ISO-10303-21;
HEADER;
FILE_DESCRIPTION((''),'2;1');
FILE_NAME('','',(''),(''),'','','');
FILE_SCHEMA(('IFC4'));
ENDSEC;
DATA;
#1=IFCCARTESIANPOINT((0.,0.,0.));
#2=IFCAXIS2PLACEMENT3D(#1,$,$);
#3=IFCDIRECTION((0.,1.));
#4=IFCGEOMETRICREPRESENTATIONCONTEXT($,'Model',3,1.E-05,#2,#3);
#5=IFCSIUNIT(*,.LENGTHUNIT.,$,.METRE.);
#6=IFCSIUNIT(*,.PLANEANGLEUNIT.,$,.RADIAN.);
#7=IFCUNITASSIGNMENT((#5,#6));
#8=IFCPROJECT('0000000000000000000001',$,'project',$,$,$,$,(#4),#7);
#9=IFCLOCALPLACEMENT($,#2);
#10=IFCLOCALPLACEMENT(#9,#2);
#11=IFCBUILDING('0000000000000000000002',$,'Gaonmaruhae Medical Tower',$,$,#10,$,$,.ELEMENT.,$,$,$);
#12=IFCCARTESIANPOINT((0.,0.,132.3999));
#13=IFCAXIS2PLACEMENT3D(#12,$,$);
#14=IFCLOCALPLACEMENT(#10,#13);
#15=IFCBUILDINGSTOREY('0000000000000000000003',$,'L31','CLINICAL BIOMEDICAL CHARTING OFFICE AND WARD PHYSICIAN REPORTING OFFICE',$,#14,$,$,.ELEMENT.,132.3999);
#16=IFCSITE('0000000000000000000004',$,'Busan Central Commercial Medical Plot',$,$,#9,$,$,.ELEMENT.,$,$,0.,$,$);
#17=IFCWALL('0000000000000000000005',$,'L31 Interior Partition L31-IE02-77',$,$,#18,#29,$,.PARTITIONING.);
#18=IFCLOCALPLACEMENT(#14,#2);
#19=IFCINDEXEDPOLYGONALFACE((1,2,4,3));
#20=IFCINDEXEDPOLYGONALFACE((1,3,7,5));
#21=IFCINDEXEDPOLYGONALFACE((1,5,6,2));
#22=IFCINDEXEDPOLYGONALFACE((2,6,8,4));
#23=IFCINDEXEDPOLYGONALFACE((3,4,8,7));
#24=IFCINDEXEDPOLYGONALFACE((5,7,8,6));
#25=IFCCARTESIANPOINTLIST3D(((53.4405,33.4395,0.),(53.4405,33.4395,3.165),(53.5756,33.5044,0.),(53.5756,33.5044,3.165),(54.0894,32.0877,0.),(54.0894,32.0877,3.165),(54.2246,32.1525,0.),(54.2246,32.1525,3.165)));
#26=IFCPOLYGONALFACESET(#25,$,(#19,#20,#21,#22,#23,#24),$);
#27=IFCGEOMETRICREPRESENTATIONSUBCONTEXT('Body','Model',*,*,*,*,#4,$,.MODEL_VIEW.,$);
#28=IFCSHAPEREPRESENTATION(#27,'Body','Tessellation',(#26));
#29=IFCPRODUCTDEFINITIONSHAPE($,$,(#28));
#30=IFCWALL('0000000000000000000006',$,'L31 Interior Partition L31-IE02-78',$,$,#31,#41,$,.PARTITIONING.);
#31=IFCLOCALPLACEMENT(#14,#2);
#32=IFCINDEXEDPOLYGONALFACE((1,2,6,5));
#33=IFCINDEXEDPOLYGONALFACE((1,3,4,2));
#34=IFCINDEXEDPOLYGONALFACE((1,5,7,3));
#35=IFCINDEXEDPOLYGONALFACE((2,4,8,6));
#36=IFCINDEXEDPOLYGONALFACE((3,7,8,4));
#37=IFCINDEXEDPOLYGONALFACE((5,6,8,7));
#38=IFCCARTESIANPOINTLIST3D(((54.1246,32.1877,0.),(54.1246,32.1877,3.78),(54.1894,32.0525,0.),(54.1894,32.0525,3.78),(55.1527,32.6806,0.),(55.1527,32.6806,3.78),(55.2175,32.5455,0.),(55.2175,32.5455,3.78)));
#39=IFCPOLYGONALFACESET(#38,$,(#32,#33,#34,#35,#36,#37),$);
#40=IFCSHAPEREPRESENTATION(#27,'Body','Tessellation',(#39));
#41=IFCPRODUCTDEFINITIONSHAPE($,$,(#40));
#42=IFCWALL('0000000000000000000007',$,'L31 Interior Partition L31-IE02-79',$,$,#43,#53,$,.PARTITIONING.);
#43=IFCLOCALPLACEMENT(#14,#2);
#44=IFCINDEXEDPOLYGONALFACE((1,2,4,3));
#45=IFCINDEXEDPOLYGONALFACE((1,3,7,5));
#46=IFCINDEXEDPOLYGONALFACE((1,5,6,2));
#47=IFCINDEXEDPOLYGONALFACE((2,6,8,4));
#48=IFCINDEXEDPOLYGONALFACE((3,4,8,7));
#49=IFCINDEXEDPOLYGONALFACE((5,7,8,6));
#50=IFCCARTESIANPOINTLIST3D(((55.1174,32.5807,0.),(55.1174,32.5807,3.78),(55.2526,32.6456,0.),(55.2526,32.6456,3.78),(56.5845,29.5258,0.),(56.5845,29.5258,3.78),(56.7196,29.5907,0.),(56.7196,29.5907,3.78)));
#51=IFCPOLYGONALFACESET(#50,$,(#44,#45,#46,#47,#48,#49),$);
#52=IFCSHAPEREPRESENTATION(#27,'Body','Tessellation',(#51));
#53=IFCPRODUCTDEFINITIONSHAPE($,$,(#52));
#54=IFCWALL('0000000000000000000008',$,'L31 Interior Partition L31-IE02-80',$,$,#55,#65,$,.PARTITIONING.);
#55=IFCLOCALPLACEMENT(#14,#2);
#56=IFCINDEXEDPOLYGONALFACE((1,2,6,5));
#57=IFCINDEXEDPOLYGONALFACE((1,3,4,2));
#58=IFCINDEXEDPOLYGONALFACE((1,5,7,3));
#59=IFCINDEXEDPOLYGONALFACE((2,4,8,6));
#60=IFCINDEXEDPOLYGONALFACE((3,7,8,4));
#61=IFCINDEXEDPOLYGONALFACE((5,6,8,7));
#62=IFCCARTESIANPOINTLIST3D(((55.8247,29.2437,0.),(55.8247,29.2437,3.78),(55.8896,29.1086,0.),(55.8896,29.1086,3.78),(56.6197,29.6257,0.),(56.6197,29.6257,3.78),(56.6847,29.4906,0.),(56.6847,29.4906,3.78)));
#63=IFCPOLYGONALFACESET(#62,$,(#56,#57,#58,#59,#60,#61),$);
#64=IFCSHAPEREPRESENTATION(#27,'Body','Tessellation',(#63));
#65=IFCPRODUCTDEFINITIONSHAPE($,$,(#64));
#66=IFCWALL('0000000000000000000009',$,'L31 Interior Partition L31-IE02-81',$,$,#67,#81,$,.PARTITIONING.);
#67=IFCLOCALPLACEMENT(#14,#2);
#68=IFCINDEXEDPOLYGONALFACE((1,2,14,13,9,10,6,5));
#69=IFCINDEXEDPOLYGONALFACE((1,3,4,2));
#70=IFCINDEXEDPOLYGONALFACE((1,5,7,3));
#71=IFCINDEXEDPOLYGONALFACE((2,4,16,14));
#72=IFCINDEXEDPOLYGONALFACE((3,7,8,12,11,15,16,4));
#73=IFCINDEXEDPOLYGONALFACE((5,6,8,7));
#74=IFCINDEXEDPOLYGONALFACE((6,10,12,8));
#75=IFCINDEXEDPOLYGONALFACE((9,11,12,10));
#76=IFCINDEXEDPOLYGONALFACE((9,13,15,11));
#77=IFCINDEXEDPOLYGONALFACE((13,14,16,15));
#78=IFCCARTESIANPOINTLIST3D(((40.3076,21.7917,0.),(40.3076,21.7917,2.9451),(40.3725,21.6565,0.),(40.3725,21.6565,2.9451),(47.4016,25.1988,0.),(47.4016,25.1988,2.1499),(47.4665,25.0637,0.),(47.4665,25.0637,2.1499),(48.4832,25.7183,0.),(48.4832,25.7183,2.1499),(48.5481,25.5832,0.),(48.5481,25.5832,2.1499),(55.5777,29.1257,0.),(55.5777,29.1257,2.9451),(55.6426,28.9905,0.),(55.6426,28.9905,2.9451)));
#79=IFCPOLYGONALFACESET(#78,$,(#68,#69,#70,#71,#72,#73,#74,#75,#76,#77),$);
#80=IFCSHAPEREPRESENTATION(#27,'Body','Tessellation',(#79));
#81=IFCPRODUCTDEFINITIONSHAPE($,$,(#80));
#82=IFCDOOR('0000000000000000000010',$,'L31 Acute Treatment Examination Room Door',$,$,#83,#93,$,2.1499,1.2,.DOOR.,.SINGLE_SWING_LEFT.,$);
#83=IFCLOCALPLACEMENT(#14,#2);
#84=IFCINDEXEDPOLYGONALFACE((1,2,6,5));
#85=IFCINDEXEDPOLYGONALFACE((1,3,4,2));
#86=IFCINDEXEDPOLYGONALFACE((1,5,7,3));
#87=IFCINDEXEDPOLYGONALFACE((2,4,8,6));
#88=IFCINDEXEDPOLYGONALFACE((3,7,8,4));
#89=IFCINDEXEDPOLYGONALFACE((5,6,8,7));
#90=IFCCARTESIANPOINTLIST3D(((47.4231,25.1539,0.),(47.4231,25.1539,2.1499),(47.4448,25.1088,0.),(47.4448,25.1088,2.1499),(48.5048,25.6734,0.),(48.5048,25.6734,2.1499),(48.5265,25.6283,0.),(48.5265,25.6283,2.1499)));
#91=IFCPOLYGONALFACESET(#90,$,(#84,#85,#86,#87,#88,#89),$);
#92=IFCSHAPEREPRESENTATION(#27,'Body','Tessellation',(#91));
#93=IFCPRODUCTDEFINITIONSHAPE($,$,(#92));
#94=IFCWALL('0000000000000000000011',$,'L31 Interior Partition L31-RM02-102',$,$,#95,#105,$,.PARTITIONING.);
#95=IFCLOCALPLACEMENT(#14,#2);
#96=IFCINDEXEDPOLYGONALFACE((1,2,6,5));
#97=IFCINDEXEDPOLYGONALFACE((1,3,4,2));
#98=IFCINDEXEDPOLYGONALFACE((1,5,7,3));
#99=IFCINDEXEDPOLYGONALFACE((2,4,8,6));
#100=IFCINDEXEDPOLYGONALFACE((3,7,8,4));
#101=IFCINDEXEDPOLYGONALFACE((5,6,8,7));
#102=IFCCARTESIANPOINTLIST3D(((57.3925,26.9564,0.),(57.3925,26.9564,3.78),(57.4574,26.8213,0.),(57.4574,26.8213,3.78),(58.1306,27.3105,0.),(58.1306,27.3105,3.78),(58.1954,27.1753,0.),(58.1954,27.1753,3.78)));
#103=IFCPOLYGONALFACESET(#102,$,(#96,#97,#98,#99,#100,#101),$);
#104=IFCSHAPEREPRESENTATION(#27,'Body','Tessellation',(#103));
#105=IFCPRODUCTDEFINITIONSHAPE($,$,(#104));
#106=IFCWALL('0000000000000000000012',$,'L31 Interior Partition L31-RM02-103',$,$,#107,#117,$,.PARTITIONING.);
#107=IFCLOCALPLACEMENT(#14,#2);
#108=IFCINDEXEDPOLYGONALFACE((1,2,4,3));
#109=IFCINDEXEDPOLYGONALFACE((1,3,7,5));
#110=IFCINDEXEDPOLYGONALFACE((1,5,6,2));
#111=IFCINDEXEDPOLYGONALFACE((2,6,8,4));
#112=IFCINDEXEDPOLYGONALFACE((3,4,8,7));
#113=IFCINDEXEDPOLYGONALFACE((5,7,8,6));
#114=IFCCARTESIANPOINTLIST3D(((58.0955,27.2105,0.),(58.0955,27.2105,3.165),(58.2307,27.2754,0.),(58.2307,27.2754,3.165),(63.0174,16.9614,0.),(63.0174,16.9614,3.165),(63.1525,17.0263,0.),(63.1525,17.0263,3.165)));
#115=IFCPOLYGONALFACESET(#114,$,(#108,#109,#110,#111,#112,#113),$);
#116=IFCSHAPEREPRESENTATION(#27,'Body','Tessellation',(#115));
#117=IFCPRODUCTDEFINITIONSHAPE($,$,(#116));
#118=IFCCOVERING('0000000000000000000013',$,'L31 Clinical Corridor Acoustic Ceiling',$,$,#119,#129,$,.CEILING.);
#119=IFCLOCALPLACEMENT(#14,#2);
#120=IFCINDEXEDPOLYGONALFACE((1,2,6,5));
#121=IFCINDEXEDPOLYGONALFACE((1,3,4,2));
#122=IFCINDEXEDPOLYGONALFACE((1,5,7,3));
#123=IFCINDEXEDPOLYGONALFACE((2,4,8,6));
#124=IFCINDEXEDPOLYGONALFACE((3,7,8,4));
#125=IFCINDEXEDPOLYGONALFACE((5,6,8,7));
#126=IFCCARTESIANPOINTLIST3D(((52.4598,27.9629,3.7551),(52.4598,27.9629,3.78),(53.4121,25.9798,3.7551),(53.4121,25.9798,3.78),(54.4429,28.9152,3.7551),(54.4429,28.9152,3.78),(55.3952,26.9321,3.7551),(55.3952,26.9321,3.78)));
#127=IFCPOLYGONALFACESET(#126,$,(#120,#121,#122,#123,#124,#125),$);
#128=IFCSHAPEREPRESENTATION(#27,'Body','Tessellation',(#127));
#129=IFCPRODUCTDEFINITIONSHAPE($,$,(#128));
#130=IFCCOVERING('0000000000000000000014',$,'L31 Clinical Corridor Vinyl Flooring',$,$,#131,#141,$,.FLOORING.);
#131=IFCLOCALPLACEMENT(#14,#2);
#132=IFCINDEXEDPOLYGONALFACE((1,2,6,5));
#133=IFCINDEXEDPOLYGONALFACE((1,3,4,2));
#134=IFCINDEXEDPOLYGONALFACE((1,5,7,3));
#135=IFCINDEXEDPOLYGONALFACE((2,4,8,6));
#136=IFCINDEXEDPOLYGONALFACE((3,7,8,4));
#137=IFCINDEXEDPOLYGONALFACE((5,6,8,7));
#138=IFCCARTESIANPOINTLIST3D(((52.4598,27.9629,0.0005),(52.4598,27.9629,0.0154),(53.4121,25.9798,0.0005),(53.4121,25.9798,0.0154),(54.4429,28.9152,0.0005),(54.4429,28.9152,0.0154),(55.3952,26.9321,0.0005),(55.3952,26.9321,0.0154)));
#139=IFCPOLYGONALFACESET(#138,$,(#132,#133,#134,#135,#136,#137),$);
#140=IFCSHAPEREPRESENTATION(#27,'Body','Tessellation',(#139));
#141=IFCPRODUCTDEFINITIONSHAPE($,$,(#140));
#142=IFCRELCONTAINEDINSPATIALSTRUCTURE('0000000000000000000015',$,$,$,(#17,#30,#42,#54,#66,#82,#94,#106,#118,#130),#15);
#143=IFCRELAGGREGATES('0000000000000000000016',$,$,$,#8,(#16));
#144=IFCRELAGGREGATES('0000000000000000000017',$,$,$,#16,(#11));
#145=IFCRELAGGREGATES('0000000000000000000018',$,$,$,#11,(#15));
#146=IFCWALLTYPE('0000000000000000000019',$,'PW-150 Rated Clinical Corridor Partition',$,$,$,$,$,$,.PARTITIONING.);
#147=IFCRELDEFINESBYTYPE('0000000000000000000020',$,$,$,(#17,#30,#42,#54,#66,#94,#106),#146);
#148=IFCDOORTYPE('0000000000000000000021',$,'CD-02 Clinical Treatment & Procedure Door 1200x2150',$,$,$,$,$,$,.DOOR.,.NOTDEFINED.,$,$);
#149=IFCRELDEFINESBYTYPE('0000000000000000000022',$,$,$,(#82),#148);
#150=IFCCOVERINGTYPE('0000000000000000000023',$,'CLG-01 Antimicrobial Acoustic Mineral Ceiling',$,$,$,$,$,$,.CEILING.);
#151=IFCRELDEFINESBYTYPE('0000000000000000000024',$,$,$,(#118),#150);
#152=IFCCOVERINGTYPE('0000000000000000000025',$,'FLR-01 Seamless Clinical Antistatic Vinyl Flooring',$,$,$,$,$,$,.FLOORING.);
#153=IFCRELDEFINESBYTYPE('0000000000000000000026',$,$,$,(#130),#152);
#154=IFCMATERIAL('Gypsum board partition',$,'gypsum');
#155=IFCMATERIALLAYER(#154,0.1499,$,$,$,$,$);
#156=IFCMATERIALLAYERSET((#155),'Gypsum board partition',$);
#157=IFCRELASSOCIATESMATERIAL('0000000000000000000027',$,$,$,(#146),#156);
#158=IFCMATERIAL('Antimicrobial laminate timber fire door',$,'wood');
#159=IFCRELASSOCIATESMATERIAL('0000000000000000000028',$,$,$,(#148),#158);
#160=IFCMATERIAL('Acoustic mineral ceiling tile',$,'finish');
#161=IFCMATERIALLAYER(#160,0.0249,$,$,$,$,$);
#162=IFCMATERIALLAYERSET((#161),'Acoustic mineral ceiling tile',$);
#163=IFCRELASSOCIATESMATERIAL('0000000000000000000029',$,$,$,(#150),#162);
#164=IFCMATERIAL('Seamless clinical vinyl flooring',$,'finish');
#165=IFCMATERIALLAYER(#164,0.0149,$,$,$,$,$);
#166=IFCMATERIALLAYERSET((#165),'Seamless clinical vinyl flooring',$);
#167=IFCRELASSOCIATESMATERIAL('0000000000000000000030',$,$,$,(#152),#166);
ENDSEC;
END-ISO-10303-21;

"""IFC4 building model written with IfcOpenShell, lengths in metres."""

from ifc_helpers import new_model, si_unit, direction, frame, frame_2d, origin, origin_2d, place, context, subcontext, project, spatial, rectangle, extrude, material, layer, layer_set, type_object, element, fill, save


model = new_model("IFC4")

# Units and contexts
model_context = context("Model", 3, precision=1e-05, world=origin(), true_north=direction((0.0, 1.0)))
body_context = subcontext(model_context, "Body", "Model", "MODEL_VIEW")
ifc_project = project(units=[si_unit("LENGTHUNIT", "METRE"), si_unit("PLANEANGLEUNIT", "RADIAN")], contexts=[model_context])

# Site, building, storey
site_placement = place(None, origin())
site = spatial("IfcSite", under=ifc_project, at=site_placement, Name="Busan Central Commercial Medical Plot", CompositionType="ELEMENT", RefElevation=0.0)
building_placement = place(site_placement, origin())
building = spatial("IfcBuilding", under=site, at=building_placement, Name="Gaonmaruhae Medical Tower", CompositionType="ELEMENT")
storey_placement = place(building_placement, frame((0.0, 0.0, 132.3999)))
storey = spatial("IfcBuildingStorey", under=building, at=storey_placement, Name="L31", Description="CLINICAL BIOMEDICAL CHARTING OFFICE AND WARD PHYSICIAN REPORTING OFFICE", CompositionType="ELEMENT", Elevation=132.3999)

# Walls
ifc_material_1 = material(Name="Gypsum board partition", Category="gypsum")
ifc_layer_1 = layer(ifc_material_1, 0.1499)
ifc_layer_set_1 = layer_set([ifc_layer_1], Name="Gypsum board partition")
wall_type_1 = type_object("IfcWallType", Name="PW-150 Rated Clinical Corridor Partition", PredefinedType="PARTITIONING", material=ifc_layer_set_1)
wall_1_placement = place(storey_placement, frame((53.5081, 33.4719, 0.0), z_axis=(0.0, 0.0, 1.0), x_axis=(0.432763, -0.901508, 0.0)))
element("IfcWall", 1, at=wall_1_placement, inside=storey, type_object=wall_type_1, Name="L31 Interior Partition L31-IE02-77", PredefinedType="PARTITIONING", context=body_context, shape_type="SweptSolid", body=[
    extrude(rectangle(XDim=1.4995, YDim=0.1499, at=frame_2d((0.7498, 0.0))), origin(), (0.0, 0.0, 1.0), 3.165),
])
wall_2_placement = place(storey_placement, frame((54.157, 32.1201, 0.0), z_axis=(0.0, 0.0, 1.0), x_axis=(0.901713, 0.432334, 0.0)))
element("IfcWall", 2, at=wall_2_placement, inside=storey, type_object=wall_type_1, Name="L31 Interior Partition L31-IE02-78", PredefinedType="PARTITIONING", context=body_context, shape_type="SweptSolid", body=[
    extrude(rectangle(XDim=1.1401, YDim=0.1499, at=frame_2d((0.5701, 0.0))), origin(), (0.0, 0.0, 1.0), 3.78),
])
wall_3_placement = place(storey_placement, frame((55.1851, 32.613, 0.0), z_axis=(0.0, 0.0, 1.0), x_axis=(0.432893, -0.901445, 0.0)))
element("IfcWall", 3, at=wall_3_placement, inside=storey, type_object=wall_type_1, Name="L31 Interior Partition L31-IE02-79", PredefinedType="PARTITIONING", context=body_context, shape_type="SweptSolid", body=[
    extrude(rectangle(XDim=3.3889, YDim=0.1499, at=frame_2d((1.6943, 0.0))), origin(), (0.0, 0.0, 1.0), 3.78),
])
wall_4_placement = place(storey_placement, frame((56.6521, 29.5581, 0.0), z_axis=(0.0, 0.0, 1.0), x_axis=(-0.901346, -0.4331, 0.0)))
element("IfcWall", 4, at=wall_4_placement, inside=storey, type_object=wall_type_1, Name="L31 Interior Partition L31-IE02-80", PredefinedType="PARTITIONING", context=body_context, shape_type="SweptSolid", body=[
    extrude(rectangle(XDim=0.8821, YDim=0.1499, at=frame_2d((0.4409, 0.0))), origin(), (0.0, 0.0, 1.0), 3.78),
])

# Wall, opening, door
wall_5_placement = place(storey_placement, frame((55.6101, 29.0581, 0.0), z_axis=(0.0, 0.0, 1.0), x_axis=(-0.901422, -0.432941, 0.0)))
wall_5 = element("IfcWall", 5, at=wall_5_placement, inside=storey, type_object=wall_type_1, Name="L31 Interior Partition L31-IE02-81", PredefinedType="PARTITIONING", context=body_context, shape_type="SweptSolid", body=[
    extrude(rectangle(XDim=16.9399, YDim=0.1499, at=frame_2d((8.47, 0.0))), origin(), (0.0, 0.0, 1.0), 2.9451),
])
opening_placement = place(wall_5_placement, frame((7.8701, 0.0, 0.0)))
opening = element("IfcOpeningElement", 6, at=opening_placement, cuts=wall_5, PredefinedType="OPENING", context=body_context, shape_type="SweptSolid", body=[
    extrude(rectangle(XDim=1.2, YDim=2.1499, at=frame_2d((0.6001, 1.075))), frame((0.0, 0.085, 0.0), z_axis=(0.0, -1.0, 0.0), x_axis=(1.0, 0.0, 0.0)), (0.0, 0.0, 1.0), 0.1699),
])
ifc_material_2 = material(Name="Antimicrobial laminate timber fire door", Category="wood")
door_type = type_object("IfcDoorType", Name="CD-02 Clinical Treatment & Procedure Door 1200x2150", OperationType="NOTDEFINED", PredefinedType="DOOR", material=ifc_material_2)
door_placement = place(opening_placement, origin())
door = element("IfcDoor", 7, at=door_placement, inside=storey, type_object=door_type, Name="L31 Acute Treatment Examination Room Door", OperationType="SINGLE_SWING_LEFT", OverallHeight=2.1499, OverallWidth=1.2, PredefinedType="DOOR", context=body_context, shape_type="SweptSolid", body=[
    extrude(rectangle(XDim=1.2, YDim=2.1499, at=frame_2d((0.6001, 1.075))), frame((0.0, 0.0249, 0.0), z_axis=(0.0, -1.0, 0.0), x_axis=(1.0, 0.0, 0.0)), (0.0, 0.0, 1.0), 0.05),
])
fill(opening, door)

# Walls
wall_6_placement = place(storey_placement, frame((57.425, 26.8889, 0.0), z_axis=(0.0, 0.0, 1.0), x_axis=(0.901644, 0.432479, 0.0)))
element("IfcWall", 8, at=wall_6_placement, inside=storey, type_object=wall_type_1, Name="L31 Interior Partition L31-RM02-102", PredefinedType="PARTITIONING", context=body_context, shape_type="SweptSolid", body=[
    extrude(rectangle(XDim=0.8186, YDim=0.1499, at=frame_2d((0.4092, 0.0))), origin(), (0.0, 0.0, 1.0), 3.78),
])
wall_7_placement = place(storey_placement, frame((58.1631, 27.2429, 0.0), z_axis=(0.0, 0.0, 1.0), x_axis=(0.432899, -0.901443, 0.0)))
element("IfcWall", 9, at=wall_7_placement, inside=storey, type_object=wall_type_1, Name="L31 Interior Partition L31-RM02-103", PredefinedType="PARTITIONING", context=body_context, shape_type="SweptSolid", body=[
    extrude(rectangle(XDim=11.3696, YDim=0.1499, at=frame_2d((5.6848, 0.0))), origin(), (0.0, 0.0, 1.0), 3.165),
])

# Coverings
ifc_material_3 = material(Name="Acoustic mineral ceiling tile", Category="finish")
ifc_layer_2 = layer(ifc_material_3, 0.0249)
ifc_layer_set_2 = layer_set([ifc_layer_2], Name="Acoustic mineral ceiling tile")
covering_type_1 = type_object("IfcCoveringType", Name="CLG-01 Antimicrobial Acoustic Mineral Ceiling", PredefinedType="CEILING", material=ifc_layer_set_2)
covering_1_placement = place(storey_placement, frame((53.9275, 27.4475, 3.7551), z_axis=(0.0, 0.0, 1.0), x_axis=(0.901455, 0.432873, 0.0)))
element("IfcCovering", 10, at=covering_1_placement, inside=storey, type_object=covering_type_1, Name="L31 Clinical Corridor Acoustic Ceiling", PredefinedType="CEILING", context=body_context, shape_type="SweptSolid", body=[
    extrude(rectangle(XDim=2.2, YDim=2.2, at=origin_2d()), origin(), (0.0, 0.0, 1.0), 0.0249),
])
ifc_material_4 = material(Name="Seamless clinical vinyl flooring", Category="finish")
ifc_layer_3 = layer(ifc_material_4, 0.0149)
ifc_layer_set_3 = layer_set([ifc_layer_3], Name="Seamless clinical vinyl flooring")
covering_type_2 = type_object("IfcCoveringType", Name="FLR-01 Seamless Clinical Antistatic Vinyl Flooring", PredefinedType="FLOORING", material=ifc_layer_set_3)
covering_2_placement = place(storey_placement, frame((53.9275, 27.4475, 0.0005), z_axis=(0.0, 0.0, 1.0), x_axis=(0.901455, 0.432873, 0.0)))
element("IfcCovering", 11, at=covering_2_placement, inside=storey, type_object=covering_type_2, Name="L31 Clinical Corridor Vinyl Flooring", PredefinedType="FLOORING", context=body_context, shape_type="SweptSolid", body=[
    extrude(rectangle(XDim=2.2, YDim=2.2, at=origin_2d()), origin(), (0.0, 0.0, 1.0), 0.0149),
])

save(model, "model.ifc")
